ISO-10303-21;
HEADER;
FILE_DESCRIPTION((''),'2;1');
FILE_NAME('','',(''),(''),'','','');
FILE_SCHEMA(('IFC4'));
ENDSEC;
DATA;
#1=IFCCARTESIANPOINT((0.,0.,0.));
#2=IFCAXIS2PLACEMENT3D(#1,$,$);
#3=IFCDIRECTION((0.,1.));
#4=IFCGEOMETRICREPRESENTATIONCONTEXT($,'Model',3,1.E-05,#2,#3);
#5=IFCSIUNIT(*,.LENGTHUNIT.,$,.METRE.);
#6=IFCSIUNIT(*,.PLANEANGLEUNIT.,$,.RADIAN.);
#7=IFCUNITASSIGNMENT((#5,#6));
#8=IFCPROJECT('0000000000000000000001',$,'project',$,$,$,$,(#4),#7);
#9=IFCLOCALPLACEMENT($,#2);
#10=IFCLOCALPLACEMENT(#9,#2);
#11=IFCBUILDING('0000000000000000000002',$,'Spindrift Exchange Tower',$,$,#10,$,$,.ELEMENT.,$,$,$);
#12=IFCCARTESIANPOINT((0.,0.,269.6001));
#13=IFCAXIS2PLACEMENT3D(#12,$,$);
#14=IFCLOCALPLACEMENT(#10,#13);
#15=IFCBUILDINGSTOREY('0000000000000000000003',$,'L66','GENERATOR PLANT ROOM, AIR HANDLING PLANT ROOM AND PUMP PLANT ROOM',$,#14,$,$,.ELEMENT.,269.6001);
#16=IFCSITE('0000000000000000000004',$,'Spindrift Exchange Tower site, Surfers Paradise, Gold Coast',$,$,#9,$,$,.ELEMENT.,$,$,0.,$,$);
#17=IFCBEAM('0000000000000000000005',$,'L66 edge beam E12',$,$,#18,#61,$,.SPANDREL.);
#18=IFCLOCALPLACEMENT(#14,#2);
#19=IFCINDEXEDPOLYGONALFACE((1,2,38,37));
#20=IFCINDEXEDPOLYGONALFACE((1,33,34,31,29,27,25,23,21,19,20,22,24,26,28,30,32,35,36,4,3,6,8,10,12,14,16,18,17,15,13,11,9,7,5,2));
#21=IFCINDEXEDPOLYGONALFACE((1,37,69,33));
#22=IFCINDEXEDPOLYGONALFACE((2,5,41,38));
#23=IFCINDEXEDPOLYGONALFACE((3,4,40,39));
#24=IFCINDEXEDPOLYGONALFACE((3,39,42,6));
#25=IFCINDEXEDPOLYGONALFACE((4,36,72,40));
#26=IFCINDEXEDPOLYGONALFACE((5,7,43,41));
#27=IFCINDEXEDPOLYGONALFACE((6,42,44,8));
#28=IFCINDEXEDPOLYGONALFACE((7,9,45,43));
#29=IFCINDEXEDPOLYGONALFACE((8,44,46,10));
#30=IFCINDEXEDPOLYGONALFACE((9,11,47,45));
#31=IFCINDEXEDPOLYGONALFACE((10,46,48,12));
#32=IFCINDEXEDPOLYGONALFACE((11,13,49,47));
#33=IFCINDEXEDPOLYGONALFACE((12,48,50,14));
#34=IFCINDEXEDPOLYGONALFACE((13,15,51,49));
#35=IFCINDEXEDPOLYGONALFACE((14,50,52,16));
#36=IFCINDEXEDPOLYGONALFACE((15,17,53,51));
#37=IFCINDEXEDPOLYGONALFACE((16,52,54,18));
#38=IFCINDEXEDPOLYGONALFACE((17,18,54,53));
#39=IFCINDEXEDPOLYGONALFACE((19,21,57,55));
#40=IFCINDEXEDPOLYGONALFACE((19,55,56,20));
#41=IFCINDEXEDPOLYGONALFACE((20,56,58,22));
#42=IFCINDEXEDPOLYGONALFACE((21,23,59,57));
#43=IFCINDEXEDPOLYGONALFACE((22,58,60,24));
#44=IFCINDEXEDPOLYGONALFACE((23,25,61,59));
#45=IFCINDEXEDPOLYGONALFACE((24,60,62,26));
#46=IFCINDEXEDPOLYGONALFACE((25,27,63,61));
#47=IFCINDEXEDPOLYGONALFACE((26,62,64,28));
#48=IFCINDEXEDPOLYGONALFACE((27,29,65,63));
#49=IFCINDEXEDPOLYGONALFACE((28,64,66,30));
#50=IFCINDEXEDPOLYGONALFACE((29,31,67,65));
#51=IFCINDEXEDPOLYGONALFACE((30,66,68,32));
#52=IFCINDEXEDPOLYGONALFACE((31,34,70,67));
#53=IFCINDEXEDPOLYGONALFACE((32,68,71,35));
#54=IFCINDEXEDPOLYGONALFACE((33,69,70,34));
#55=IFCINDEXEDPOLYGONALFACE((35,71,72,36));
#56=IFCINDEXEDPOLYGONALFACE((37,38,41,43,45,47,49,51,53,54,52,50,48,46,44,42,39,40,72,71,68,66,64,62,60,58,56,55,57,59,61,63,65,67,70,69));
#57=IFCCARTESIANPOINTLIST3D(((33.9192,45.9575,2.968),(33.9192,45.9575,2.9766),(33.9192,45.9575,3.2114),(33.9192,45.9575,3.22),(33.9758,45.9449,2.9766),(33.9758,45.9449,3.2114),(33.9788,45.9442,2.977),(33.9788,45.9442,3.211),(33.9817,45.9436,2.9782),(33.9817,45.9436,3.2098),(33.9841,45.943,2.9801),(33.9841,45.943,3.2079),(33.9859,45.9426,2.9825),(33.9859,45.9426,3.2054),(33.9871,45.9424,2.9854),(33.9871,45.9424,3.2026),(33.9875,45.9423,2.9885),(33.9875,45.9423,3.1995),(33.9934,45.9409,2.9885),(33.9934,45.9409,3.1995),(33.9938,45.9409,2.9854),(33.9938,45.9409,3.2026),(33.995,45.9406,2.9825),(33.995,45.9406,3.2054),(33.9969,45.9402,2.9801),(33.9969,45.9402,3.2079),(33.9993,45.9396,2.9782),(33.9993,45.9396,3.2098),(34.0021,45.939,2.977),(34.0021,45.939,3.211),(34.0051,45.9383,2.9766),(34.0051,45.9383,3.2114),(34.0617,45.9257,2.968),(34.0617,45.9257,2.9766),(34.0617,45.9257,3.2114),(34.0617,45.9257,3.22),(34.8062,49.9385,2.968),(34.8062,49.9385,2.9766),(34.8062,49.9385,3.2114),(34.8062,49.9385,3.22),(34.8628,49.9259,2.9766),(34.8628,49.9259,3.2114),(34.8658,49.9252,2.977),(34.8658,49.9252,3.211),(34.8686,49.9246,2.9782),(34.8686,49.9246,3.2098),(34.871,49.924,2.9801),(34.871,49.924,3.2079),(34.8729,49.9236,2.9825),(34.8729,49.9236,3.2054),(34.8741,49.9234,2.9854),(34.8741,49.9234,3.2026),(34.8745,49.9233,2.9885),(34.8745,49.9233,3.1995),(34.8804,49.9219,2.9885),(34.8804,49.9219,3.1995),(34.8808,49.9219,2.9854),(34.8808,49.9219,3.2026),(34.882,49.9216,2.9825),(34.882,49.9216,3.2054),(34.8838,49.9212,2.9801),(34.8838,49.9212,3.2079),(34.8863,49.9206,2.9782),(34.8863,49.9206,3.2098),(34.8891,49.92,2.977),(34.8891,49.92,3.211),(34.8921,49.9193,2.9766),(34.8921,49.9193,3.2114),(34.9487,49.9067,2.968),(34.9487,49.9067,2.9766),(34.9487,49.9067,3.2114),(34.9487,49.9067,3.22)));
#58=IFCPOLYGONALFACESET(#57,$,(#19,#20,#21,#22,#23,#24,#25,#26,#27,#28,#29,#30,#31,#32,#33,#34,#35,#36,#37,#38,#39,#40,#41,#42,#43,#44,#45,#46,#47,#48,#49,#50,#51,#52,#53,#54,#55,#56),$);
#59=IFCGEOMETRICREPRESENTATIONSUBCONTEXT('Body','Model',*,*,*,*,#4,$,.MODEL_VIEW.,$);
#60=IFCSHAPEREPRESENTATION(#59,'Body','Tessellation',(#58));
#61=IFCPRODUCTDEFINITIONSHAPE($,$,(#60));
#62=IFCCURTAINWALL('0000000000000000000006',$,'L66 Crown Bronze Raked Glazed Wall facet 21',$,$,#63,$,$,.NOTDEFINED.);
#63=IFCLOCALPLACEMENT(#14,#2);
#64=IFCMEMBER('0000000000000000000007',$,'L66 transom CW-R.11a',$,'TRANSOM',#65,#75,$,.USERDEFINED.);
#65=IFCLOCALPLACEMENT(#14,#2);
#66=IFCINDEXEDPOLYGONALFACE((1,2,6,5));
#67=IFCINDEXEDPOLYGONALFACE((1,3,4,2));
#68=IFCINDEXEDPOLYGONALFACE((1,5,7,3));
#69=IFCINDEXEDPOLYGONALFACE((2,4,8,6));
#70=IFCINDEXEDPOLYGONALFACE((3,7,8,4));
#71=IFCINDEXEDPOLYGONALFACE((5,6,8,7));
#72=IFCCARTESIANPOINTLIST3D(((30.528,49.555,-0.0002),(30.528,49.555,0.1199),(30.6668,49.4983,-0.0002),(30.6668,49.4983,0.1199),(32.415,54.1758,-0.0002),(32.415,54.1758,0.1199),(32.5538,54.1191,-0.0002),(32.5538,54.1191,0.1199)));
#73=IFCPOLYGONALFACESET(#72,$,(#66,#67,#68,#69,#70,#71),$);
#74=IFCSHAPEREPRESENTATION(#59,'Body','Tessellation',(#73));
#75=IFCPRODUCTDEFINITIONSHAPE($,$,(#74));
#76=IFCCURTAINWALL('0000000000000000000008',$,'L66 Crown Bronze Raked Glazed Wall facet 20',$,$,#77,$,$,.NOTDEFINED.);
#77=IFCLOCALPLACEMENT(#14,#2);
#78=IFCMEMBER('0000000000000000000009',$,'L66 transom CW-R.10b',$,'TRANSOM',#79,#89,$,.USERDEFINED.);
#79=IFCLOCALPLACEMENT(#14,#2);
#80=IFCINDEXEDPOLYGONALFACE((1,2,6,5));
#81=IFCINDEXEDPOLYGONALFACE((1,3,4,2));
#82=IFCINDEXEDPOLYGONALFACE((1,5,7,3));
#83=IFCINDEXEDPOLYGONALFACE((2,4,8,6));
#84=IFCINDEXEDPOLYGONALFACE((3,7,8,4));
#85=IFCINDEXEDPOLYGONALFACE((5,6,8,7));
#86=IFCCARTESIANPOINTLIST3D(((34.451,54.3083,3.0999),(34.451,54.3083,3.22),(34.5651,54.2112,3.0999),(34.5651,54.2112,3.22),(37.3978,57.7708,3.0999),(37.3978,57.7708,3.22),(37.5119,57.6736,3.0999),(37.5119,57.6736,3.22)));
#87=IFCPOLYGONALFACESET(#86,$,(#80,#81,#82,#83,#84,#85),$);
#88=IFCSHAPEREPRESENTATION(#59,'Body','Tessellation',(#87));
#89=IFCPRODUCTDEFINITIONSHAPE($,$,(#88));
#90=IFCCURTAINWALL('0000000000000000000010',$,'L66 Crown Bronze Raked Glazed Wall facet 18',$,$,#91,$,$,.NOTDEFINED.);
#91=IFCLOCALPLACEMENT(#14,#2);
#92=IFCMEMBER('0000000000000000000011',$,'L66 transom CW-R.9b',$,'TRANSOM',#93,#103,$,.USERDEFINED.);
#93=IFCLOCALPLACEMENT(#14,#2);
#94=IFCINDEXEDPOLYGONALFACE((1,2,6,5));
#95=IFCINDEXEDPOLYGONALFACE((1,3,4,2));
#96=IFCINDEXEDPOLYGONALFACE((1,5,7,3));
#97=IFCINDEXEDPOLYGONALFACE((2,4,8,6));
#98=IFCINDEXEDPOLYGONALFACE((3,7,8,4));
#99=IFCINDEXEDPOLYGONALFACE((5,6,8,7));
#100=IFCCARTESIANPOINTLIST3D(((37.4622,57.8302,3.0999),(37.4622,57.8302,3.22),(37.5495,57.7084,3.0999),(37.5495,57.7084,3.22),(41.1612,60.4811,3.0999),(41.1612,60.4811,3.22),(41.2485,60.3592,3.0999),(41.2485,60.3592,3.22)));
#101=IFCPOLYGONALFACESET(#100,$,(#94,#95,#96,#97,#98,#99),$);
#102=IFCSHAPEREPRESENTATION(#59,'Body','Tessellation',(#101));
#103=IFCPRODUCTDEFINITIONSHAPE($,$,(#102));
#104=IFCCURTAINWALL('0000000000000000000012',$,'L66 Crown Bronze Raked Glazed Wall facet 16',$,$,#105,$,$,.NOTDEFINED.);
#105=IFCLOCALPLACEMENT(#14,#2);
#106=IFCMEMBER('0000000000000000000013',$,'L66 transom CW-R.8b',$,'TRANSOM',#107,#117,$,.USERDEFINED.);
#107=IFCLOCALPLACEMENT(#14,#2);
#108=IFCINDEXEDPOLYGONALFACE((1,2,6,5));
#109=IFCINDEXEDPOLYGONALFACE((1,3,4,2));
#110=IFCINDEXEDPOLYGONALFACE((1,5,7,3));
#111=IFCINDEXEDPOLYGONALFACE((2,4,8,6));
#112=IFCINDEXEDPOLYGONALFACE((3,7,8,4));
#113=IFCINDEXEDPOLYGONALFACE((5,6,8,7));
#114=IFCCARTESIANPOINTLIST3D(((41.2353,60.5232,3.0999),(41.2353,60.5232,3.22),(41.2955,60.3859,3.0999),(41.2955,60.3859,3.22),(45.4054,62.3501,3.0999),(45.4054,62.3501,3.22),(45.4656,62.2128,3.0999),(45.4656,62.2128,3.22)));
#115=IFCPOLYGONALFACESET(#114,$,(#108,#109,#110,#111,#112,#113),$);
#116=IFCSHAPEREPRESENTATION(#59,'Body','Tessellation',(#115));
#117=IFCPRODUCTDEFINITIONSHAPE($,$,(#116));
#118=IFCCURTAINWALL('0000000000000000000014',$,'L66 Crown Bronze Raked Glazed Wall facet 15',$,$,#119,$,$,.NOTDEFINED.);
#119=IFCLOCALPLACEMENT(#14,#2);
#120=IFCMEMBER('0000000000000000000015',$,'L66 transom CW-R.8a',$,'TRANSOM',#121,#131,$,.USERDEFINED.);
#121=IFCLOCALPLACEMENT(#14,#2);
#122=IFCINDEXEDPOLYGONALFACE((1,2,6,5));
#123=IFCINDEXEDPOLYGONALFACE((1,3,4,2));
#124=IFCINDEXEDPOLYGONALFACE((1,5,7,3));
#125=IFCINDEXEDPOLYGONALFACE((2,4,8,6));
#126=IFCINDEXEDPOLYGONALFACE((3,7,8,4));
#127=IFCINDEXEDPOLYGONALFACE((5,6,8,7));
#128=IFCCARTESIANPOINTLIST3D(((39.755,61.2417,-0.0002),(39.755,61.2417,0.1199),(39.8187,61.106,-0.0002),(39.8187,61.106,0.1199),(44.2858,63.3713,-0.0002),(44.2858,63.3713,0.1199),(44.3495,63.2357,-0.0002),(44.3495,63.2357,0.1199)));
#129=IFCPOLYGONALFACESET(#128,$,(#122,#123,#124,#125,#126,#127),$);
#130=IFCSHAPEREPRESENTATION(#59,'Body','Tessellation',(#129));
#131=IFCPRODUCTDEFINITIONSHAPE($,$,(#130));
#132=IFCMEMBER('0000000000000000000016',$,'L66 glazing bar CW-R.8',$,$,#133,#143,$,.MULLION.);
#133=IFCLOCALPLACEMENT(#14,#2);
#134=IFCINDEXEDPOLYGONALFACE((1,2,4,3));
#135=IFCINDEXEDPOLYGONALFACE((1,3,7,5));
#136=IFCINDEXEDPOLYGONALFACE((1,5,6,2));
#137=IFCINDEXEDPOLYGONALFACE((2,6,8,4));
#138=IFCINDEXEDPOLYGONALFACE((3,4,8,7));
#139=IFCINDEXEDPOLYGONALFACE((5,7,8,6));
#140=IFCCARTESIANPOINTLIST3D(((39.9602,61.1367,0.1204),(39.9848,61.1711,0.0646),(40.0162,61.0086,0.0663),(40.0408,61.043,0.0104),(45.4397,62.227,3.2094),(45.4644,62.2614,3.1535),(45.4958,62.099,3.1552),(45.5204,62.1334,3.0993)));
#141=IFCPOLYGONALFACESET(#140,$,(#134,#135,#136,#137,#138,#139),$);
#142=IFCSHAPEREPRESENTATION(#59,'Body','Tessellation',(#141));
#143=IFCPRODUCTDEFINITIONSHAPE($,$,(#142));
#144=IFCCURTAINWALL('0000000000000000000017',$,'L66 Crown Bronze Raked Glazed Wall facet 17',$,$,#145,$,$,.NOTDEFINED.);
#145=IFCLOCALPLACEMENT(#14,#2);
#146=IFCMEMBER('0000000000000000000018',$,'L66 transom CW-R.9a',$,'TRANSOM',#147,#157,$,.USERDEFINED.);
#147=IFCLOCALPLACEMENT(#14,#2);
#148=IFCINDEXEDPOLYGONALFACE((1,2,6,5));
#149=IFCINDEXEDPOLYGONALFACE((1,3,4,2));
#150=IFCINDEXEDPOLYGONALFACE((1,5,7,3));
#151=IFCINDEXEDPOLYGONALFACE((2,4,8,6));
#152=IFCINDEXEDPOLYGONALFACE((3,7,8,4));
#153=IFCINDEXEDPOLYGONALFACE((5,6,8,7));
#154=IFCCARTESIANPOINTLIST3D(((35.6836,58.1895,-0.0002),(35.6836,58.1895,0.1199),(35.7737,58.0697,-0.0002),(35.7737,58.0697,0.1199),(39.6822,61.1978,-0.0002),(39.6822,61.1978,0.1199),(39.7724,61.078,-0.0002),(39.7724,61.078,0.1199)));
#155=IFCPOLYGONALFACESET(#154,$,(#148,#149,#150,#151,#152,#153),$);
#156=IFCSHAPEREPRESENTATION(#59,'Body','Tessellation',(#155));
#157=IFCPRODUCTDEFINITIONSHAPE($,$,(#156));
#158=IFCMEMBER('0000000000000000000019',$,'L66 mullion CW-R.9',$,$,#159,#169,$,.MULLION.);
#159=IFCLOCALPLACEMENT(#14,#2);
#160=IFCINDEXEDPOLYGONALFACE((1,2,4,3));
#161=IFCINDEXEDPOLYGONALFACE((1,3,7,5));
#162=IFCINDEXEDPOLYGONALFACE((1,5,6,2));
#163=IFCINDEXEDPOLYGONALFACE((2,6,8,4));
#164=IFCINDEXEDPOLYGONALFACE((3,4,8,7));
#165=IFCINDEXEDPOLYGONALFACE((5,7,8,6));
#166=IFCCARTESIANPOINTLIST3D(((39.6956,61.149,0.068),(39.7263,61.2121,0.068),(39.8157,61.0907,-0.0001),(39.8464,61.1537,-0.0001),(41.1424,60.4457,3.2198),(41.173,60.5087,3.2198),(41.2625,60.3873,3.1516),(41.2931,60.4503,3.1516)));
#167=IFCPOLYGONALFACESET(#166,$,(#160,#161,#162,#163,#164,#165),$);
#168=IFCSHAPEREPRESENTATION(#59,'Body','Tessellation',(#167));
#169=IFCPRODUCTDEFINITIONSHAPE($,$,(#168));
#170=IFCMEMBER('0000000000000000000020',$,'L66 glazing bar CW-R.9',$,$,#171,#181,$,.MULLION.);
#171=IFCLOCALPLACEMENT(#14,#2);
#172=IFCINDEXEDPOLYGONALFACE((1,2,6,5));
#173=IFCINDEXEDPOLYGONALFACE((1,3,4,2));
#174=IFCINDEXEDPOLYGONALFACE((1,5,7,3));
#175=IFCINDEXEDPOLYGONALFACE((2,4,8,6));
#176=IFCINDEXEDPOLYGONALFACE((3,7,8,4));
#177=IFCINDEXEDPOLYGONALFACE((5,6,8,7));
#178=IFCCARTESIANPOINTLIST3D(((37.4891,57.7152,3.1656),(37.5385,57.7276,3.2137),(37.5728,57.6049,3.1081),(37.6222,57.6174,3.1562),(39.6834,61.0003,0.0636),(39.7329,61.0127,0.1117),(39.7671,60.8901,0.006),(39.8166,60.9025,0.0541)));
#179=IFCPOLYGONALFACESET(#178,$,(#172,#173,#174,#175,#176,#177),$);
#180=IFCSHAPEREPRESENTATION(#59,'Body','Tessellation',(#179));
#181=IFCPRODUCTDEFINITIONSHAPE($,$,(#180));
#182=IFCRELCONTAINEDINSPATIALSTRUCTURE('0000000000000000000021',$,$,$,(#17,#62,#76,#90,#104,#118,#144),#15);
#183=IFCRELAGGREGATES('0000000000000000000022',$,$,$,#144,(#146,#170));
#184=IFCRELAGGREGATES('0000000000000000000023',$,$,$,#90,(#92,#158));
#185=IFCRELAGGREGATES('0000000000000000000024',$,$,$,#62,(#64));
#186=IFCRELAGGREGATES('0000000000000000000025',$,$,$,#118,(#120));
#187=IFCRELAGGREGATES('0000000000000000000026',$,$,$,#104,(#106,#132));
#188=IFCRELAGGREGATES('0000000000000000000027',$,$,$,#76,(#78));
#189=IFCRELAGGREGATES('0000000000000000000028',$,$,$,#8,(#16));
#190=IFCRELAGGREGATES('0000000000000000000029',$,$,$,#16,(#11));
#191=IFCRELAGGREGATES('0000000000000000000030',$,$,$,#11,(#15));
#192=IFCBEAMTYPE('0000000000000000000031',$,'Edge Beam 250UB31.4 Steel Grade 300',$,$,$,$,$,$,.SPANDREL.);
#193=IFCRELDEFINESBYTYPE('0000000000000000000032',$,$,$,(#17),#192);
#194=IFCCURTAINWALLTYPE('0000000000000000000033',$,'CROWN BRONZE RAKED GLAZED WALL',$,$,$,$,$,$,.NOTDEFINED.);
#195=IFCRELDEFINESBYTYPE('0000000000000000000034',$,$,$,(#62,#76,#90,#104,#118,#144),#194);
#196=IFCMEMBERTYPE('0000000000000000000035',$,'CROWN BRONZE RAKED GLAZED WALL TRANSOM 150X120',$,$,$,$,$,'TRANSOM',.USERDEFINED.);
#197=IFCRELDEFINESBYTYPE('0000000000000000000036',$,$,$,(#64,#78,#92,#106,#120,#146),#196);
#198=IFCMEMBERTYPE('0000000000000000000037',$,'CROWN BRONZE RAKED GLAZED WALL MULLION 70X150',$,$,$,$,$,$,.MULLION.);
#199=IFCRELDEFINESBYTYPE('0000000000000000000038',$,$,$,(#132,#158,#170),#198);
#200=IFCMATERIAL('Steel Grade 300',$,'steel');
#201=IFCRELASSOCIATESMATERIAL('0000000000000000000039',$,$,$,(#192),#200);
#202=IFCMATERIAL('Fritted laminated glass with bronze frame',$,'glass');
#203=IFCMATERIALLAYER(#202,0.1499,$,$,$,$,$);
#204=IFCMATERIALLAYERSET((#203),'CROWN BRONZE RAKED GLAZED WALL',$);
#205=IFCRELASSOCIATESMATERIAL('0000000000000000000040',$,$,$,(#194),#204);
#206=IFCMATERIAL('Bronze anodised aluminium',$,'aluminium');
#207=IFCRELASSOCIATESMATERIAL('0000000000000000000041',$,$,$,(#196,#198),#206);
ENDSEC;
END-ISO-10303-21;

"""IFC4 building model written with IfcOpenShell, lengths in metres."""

from ifc_helpers import new_model, si_unit, direction, frame, origin, origin_2d, place, context, subcontext, project, spatial, rectangle, i_section, extrude, source, transform, mapped, material, layer, layer_set, material_profile, profile_set, type_object, element, aggregate, save


model = new_model("IFC4")

# Units and contexts
model_context = context("Model", 3, precision=1e-05, world=origin(), true_north=direction((0.0, 1.0)))
body_context = subcontext(model_context, "Body", "Model", "MODEL_VIEW")
ifc_project = project(units=[si_unit("LENGTHUNIT", "METRE"), si_unit("PLANEANGLEUNIT", "RADIAN")], contexts=[model_context])

# Site, building, storey
site_placement = place(None, origin())
site = spatial("IfcSite", under=ifc_project, at=site_placement, Name="Spindrift Exchange Tower site, Surfers Paradise, Gold Coast", CompositionType="ELEMENT", RefElevation=0.0)
building_placement = place(site_placement, origin())
building = spatial("IfcBuilding", under=site, at=building_placement, Name="Spindrift Exchange Tower", CompositionType="ELEMENT")
storey_placement = place(building_placement, frame((0.0, 0.0, 269.6001)))
storey = spatial("IfcBuildingStorey", under=building, at=storey_placement, Name="L66", Description="GENERATOR PLANT ROOM, AIR HANDLING PLANT ROOM AND PUMP PLANT ROOM", CompositionType="ELEMENT", Elevation=269.6001)

# Beam
ifc_material_1 = material(Name="Steel Grade 300", Category="steel")
ifc_material_profile_1 = material_profile(ifc_material_1, i_section(OverallWidth=0.146, OverallDepth=0.252, WebThickness=0.0061, FlangeThickness=0.0085, FilletRadius=0.012, at=origin_2d()), Name="250UB31.4")
ifc_profile_set_1 = profile_set([ifc_material_profile_1], Name="Steel Grade 300")
beam_type = type_object("IfcBeamType", Name="Edge Beam 250UB31.4 Steel Grade 300", PredefinedType="SPANDREL", material=ifc_profile_set_1)
shared_shape_1 = source(origin(), body_context, "Body", "SweptSolid", [
    extrude(i_section(OverallWidth=0.146, OverallDepth=0.252, WebThickness=0.0061, FlangeThickness=0.0085, FilletRadius=0.012, at=origin_2d()), origin(), (0.0, 0.0, 1.0), 4.0786),
])
beam_1_placement = place(storey_placement, frame((34.8774, 49.9226, 3.094), z_axis=(-0.217469, -0.976067, 0.0), x_axis=(0.976067, -0.217469, 0.0)))
element("IfcBeam", 1, at=beam_1_placement, inside=storey, type_object=beam_type, Name="L66 edge beam E12", PredefinedType="SPANDREL", context=body_context, shape_type="MappedRepresentation", body=[
    mapped(shared_shape_1, transform((0.0, 0.0, 0.0), scale=1.0)),
])

# Curtain walls, members
ifc_material_2 = material(Name="Fritted laminated glass with bronze frame", Category="glass")
ifc_layer_1 = layer(ifc_material_2, 0.1499)
ifc_layer_set_1 = layer_set([ifc_layer_1], Name="CROWN BRONZE RAKED GLAZED WALL")
curtain_wall_type = type_object("IfcCurtainWallType", Name="CROWN BRONZE RAKED GLAZED WALL", PredefinedType="NOTDEFINED", material=ifc_layer_set_1)
curtain_wall_1_placement = place(storey_placement, origin())
curtain_wall_1 = element("IfcCurtainWall", 2, at=curtain_wall_1_placement, inside=storey, type_object=curtain_wall_type, Name="L66 Crown Bronze Raked Glazed Wall facet 21", PredefinedType="NOTDEFINED")
ifc_material_3 = material(Name="Bronze anodised aluminium", Category="aluminium")
ifc_material_profile_2 = material_profile(ifc_material_3, rectangle(XDim=0.1499, YDim=0.1201, at=origin_2d()), Name="CROWN BRONZE RAKED GLAZED WALL TRANSOM 150X120")
ifc_profile_set_2 = profile_set([ifc_material_profile_2], Name="Bronze anodised aluminium")
member_type_1 = type_object("IfcMemberType", Name="CROWN BRONZE RAKED GLAZED WALL TRANSOM 150X120", ElementType="TRANSOM", PredefinedType="USERDEFINED", material=ifc_profile_set_2)
shared_shape_2 = source(origin(), body_context, "Body", "SweptSolid", [
    extrude(rectangle(XDim=0.1499, YDim=0.1201, at=origin_2d()), origin(), (0.0, 0.0, 1.0), 4.9912),
])
member_1_placement = place(storey_placement, frame((32.4844, 54.1475, 0.0598), z_axis=(-0.378052, -0.925784, 0.0), x_axis=(0.925784, -0.378052, 0.0)))
member_1 = element("IfcMember", 3, at=member_1_placement, type_object=member_type_1, Name="L66 transom CW-R.11a", ObjectType="TRANSOM", PredefinedType="USERDEFINED", context=body_context, shape_type="MappedRepresentation", body=[
    mapped(shared_shape_2, transform((0.0, 0.0, 0.0), scale=1.0)),
])
curtain_wall_2_placement = place(storey_placement, origin())
curtain_wall_2 = element("IfcCurtainWall", 4, at=curtain_wall_2_placement, inside=storey, type_object=curtain_wall_type, Name="L66 Crown Bronze Raked Glazed Wall facet 20", PredefinedType="NOTDEFINED")
shared_shape_3 = source(origin(), body_context, "Body", "SweptSolid", [
    extrude(rectangle(XDim=0.1499, YDim=0.1201, at=origin_2d()), origin(), (0.0, 0.0, 1.0), 4.5466),
])
member_2_placement = place(storey_placement, frame((34.5081, 54.2598, 3.1599), z_axis=(0.648125, 0.761534, 0.0), x_axis=(-0.761534, 0.648125, 0.0)))
member_2 = element("IfcMember", 5, at=member_2_placement, type_object=member_type_1, Name="L66 transom CW-R.10b", ObjectType="TRANSOM", PredefinedType="USERDEFINED", context=body_context, shape_type="MappedRepresentation", body=[
    mapped(shared_shape_3, transform((0.0, 0.0, 0.0), scale=1.0)),
])
curtain_wall_3_placement = place(storey_placement, origin())
curtain_wall_3 = element("IfcCurtainWall", 6, at=curtain_wall_3_placement, inside=storey, type_object=curtain_wall_type, Name="L66 Crown Bronze Raked Glazed Wall facet 18", PredefinedType="NOTDEFINED")
shared_shape_4 = source(origin(), body_context, "Body", "SweptSolid", [
    extrude(rectangle(XDim=0.1499, YDim=0.1201, at=origin_2d()), origin(), (0.0, 0.0, 1.0), 4.5508),
])
member_3_placement = place(storey_placement, frame((41.2048, 60.4202, 3.1599), z_axis=(-0.812823, -0.582511, 0.0), x_axis=(0.582511, -0.812823, 0.0)))
member_3 = element("IfcMember", 7, at=member_3_placement, type_object=member_type_1, Name="L66 transom CW-R.9b", ObjectType="TRANSOM", PredefinedType="USERDEFINED", context=body_context, shape_type="MappedRepresentation", body=[
    mapped(shared_shape_4, transform((0.0, 0.0, 0.0), scale=1.0)),
])
curtain_wall_4_placement = place(storey_placement, origin())
curtain_wall_4 = element("IfcCurtainWall", 8, at=curtain_wall_4_placement, inside=storey, type_object=curtain_wall_type, Name="L66 Crown Bronze Raked Glazed Wall facet 16", PredefinedType="NOTDEFINED")
shared_shape_5 = source(origin(), body_context, "Body", "SweptSolid", [
    extrude(rectangle(XDim=0.1499, YDim=0.1201, at=origin_2d()), origin(), (0.0, 0.0, 1.0), 4.5527),
])
member_4_placement = place(storey_placement, frame((41.2654, 60.4546, 3.1599), z_axis=(0.915959, 0.401272, 0.0), x_axis=(-0.401272, 0.915959, 0.0)))
member_4 = element("IfcMember", 9, at=member_4_placement, type_object=member_type_1, Name="L66 transom CW-R.8b", ObjectType="TRANSOM", PredefinedType="USERDEFINED", context=body_context, shape_type="MappedRepresentation", body=[
    mapped(shared_shape_5, transform((0.0, 0.0, 0.0), scale=1.0)),
])
curtain_wall_5_placement = place(storey_placement, origin())
curtain_wall_5 = element("IfcCurtainWall", 10, at=curtain_wall_5_placement, inside=storey, type_object=curtain_wall_type, Name="L66 Crown Bronze Raked Glazed Wall facet 15", PredefinedType="NOTDEFINED")
shared_shape_6 = source(origin(), body_context, "Body", "SweptSolid", [
    extrude(rectangle(XDim=0.1499, YDim=0.1201, at=origin_2d()), origin(), (0.0, 0.0, 1.0), 5.0063),
])
member_5_placement = place(storey_placement, frame((39.7869, 61.1738, 0.0598), z_axis=(0.90501, 0.425391, 0.0), x_axis=(-0.425391, 0.90501, 0.0)))
member_5 = element("IfcMember", 11, at=member_5_placement, type_object=member_type_1, Name="L66 transom CW-R.8a", ObjectType="TRANSOM", PredefinedType="USERDEFINED", context=body_context, shape_type="MappedRepresentation", body=[
    mapped(shared_shape_6, transform((0.0, 0.0, 0.0), scale=1.0)),
])

# Member
ifc_material_profile_3 = material_profile(ifc_material_3, rectangle(XDim=0.0701, YDim=0.1499, at=origin_2d()), Name="CROWN BRONZE RAKED GLAZED WALL MULLION 70X150")
ifc_profile_set_3 = profile_set([ifc_material_profile_3], Name="Bronze anodised aluminium")
member_type_2 = type_object("IfcMemberType", Name="CROWN BRONZE RAKED GLAZED WALL MULLION 70X150", PredefinedType="MULLION", material=ifc_profile_set_3)
shared_shape_7 = source(origin(), body_context, "Body", "SweptSolid", [
    extrude(rectangle(XDim=0.0701, YDim=0.1499, at=origin_2d()), origin(), (0.0, 0.0, 1.0), 6.384),
])
member_6_placement = place(storey_placement, frame((40.0005, 61.0898, 0.0654), z_axis=(0.858324, 0.170793, 0.483849), x_axis=(0.351561, 0.491108, -0.797006)))
member_6 = element("IfcMember", 12, at=member_6_placement, type_object=member_type_2, Name="L66 glazing bar CW-R.8", PredefinedType="MULLION", context=body_context, shape_type="MappedRepresentation", body=[
    mapped(shared_shape_7, transform((0.0, 0.0, 0.0), scale=1.0)),
])

# Curtain wall, member
curtain_wall_6_placement = place(storey_placement, origin())
curtain_wall_6 = element("IfcCurtainWall", 13, at=curtain_wall_6_placement, inside=storey, type_object=curtain_wall_type, Name="L66 Crown Bronze Raked Glazed Wall facet 17", PredefinedType="NOTDEFINED")
shared_shape_8 = source(origin(), body_context, "Body", "SweptSolid", [
    extrude(rectangle(XDim=0.1499, YDim=0.1201, at=origin_2d()), origin(), (0.0, 0.0, 1.0), 5.0039),
])
member_7_placement = place(storey_placement, frame((39.7273, 61.1379, 0.0598), z_axis=(-0.799097, -0.601202, 0.0), x_axis=(0.601202, -0.799097, 0.0)))
member_7 = element("IfcMember", 14, at=member_7_placement, type_object=member_type_1, Name="L66 transom CW-R.9a", ObjectType="TRANSOM", PredefinedType="USERDEFINED", context=body_context, shape_type="MappedRepresentation", body=[
    mapped(shared_shape_8, transform((0.0, 0.0, 0.0), scale=1.0)),
])

# Members
shared_shape_9 = source(origin(), body_context, "Body", "SweptSolid", [
    extrude(rectangle(XDim=0.0701, YDim=0.1499, at=origin_2d()), origin(), (0.0, 0.0, 1.0), 3.5386),
])
member_8_placement = place(storey_placement, frame((39.771, 61.1514, 0.0339), z_axis=(0.408849, -0.198767, 0.890693), x_axis=(0.43723, 0.89935, 0.0)))
member_8 = element("IfcMember", 15, at=member_8_placement, type_object=member_type_2, Name="L66 mullion CW-R.9", PredefinedType="MULLION", context=body_context, shape_type="MappedRepresentation", body=[
    mapped(shared_shape_9, transform((0.0, 0.0, 0.0), scale=1.0)),
])
shared_shape_10 = source(origin(), body_context, "Body", "SweptSolid", [
    extrude(rectangle(XDim=0.0701, YDim=0.1499, at=origin_2d()), origin(), (0.0, 0.0, 1.0), 5.0229),
])
member_9_placement = place(storey_placement, frame((39.75, 60.9514, 0.0588), z_axis=(-0.436862, -0.654029, 0.617575), x_axis=(0.705212, 0.177186, 0.6865)))
member_9 = element("IfcMember", 16, at=member_9_placement, type_object=member_type_2, Name="L66 glazing bar CW-R.9", PredefinedType="MULLION", context=body_context, shape_type="MappedRepresentation", body=[
    mapped(shared_shape_10, transform((0.0, 0.0, 0.0), scale=1.0)),
])

aggregate(curtain_wall_6, [member_7, member_9])
aggregate(curtain_wall_3, [member_3, member_8])
aggregate(curtain_wall_1, [member_1])
aggregate(curtain_wall_5, [member_5])
aggregate(curtain_wall_4, [member_4, member_6])
aggregate(curtain_wall_2, [member_2])

save(model, "model.ifc")
